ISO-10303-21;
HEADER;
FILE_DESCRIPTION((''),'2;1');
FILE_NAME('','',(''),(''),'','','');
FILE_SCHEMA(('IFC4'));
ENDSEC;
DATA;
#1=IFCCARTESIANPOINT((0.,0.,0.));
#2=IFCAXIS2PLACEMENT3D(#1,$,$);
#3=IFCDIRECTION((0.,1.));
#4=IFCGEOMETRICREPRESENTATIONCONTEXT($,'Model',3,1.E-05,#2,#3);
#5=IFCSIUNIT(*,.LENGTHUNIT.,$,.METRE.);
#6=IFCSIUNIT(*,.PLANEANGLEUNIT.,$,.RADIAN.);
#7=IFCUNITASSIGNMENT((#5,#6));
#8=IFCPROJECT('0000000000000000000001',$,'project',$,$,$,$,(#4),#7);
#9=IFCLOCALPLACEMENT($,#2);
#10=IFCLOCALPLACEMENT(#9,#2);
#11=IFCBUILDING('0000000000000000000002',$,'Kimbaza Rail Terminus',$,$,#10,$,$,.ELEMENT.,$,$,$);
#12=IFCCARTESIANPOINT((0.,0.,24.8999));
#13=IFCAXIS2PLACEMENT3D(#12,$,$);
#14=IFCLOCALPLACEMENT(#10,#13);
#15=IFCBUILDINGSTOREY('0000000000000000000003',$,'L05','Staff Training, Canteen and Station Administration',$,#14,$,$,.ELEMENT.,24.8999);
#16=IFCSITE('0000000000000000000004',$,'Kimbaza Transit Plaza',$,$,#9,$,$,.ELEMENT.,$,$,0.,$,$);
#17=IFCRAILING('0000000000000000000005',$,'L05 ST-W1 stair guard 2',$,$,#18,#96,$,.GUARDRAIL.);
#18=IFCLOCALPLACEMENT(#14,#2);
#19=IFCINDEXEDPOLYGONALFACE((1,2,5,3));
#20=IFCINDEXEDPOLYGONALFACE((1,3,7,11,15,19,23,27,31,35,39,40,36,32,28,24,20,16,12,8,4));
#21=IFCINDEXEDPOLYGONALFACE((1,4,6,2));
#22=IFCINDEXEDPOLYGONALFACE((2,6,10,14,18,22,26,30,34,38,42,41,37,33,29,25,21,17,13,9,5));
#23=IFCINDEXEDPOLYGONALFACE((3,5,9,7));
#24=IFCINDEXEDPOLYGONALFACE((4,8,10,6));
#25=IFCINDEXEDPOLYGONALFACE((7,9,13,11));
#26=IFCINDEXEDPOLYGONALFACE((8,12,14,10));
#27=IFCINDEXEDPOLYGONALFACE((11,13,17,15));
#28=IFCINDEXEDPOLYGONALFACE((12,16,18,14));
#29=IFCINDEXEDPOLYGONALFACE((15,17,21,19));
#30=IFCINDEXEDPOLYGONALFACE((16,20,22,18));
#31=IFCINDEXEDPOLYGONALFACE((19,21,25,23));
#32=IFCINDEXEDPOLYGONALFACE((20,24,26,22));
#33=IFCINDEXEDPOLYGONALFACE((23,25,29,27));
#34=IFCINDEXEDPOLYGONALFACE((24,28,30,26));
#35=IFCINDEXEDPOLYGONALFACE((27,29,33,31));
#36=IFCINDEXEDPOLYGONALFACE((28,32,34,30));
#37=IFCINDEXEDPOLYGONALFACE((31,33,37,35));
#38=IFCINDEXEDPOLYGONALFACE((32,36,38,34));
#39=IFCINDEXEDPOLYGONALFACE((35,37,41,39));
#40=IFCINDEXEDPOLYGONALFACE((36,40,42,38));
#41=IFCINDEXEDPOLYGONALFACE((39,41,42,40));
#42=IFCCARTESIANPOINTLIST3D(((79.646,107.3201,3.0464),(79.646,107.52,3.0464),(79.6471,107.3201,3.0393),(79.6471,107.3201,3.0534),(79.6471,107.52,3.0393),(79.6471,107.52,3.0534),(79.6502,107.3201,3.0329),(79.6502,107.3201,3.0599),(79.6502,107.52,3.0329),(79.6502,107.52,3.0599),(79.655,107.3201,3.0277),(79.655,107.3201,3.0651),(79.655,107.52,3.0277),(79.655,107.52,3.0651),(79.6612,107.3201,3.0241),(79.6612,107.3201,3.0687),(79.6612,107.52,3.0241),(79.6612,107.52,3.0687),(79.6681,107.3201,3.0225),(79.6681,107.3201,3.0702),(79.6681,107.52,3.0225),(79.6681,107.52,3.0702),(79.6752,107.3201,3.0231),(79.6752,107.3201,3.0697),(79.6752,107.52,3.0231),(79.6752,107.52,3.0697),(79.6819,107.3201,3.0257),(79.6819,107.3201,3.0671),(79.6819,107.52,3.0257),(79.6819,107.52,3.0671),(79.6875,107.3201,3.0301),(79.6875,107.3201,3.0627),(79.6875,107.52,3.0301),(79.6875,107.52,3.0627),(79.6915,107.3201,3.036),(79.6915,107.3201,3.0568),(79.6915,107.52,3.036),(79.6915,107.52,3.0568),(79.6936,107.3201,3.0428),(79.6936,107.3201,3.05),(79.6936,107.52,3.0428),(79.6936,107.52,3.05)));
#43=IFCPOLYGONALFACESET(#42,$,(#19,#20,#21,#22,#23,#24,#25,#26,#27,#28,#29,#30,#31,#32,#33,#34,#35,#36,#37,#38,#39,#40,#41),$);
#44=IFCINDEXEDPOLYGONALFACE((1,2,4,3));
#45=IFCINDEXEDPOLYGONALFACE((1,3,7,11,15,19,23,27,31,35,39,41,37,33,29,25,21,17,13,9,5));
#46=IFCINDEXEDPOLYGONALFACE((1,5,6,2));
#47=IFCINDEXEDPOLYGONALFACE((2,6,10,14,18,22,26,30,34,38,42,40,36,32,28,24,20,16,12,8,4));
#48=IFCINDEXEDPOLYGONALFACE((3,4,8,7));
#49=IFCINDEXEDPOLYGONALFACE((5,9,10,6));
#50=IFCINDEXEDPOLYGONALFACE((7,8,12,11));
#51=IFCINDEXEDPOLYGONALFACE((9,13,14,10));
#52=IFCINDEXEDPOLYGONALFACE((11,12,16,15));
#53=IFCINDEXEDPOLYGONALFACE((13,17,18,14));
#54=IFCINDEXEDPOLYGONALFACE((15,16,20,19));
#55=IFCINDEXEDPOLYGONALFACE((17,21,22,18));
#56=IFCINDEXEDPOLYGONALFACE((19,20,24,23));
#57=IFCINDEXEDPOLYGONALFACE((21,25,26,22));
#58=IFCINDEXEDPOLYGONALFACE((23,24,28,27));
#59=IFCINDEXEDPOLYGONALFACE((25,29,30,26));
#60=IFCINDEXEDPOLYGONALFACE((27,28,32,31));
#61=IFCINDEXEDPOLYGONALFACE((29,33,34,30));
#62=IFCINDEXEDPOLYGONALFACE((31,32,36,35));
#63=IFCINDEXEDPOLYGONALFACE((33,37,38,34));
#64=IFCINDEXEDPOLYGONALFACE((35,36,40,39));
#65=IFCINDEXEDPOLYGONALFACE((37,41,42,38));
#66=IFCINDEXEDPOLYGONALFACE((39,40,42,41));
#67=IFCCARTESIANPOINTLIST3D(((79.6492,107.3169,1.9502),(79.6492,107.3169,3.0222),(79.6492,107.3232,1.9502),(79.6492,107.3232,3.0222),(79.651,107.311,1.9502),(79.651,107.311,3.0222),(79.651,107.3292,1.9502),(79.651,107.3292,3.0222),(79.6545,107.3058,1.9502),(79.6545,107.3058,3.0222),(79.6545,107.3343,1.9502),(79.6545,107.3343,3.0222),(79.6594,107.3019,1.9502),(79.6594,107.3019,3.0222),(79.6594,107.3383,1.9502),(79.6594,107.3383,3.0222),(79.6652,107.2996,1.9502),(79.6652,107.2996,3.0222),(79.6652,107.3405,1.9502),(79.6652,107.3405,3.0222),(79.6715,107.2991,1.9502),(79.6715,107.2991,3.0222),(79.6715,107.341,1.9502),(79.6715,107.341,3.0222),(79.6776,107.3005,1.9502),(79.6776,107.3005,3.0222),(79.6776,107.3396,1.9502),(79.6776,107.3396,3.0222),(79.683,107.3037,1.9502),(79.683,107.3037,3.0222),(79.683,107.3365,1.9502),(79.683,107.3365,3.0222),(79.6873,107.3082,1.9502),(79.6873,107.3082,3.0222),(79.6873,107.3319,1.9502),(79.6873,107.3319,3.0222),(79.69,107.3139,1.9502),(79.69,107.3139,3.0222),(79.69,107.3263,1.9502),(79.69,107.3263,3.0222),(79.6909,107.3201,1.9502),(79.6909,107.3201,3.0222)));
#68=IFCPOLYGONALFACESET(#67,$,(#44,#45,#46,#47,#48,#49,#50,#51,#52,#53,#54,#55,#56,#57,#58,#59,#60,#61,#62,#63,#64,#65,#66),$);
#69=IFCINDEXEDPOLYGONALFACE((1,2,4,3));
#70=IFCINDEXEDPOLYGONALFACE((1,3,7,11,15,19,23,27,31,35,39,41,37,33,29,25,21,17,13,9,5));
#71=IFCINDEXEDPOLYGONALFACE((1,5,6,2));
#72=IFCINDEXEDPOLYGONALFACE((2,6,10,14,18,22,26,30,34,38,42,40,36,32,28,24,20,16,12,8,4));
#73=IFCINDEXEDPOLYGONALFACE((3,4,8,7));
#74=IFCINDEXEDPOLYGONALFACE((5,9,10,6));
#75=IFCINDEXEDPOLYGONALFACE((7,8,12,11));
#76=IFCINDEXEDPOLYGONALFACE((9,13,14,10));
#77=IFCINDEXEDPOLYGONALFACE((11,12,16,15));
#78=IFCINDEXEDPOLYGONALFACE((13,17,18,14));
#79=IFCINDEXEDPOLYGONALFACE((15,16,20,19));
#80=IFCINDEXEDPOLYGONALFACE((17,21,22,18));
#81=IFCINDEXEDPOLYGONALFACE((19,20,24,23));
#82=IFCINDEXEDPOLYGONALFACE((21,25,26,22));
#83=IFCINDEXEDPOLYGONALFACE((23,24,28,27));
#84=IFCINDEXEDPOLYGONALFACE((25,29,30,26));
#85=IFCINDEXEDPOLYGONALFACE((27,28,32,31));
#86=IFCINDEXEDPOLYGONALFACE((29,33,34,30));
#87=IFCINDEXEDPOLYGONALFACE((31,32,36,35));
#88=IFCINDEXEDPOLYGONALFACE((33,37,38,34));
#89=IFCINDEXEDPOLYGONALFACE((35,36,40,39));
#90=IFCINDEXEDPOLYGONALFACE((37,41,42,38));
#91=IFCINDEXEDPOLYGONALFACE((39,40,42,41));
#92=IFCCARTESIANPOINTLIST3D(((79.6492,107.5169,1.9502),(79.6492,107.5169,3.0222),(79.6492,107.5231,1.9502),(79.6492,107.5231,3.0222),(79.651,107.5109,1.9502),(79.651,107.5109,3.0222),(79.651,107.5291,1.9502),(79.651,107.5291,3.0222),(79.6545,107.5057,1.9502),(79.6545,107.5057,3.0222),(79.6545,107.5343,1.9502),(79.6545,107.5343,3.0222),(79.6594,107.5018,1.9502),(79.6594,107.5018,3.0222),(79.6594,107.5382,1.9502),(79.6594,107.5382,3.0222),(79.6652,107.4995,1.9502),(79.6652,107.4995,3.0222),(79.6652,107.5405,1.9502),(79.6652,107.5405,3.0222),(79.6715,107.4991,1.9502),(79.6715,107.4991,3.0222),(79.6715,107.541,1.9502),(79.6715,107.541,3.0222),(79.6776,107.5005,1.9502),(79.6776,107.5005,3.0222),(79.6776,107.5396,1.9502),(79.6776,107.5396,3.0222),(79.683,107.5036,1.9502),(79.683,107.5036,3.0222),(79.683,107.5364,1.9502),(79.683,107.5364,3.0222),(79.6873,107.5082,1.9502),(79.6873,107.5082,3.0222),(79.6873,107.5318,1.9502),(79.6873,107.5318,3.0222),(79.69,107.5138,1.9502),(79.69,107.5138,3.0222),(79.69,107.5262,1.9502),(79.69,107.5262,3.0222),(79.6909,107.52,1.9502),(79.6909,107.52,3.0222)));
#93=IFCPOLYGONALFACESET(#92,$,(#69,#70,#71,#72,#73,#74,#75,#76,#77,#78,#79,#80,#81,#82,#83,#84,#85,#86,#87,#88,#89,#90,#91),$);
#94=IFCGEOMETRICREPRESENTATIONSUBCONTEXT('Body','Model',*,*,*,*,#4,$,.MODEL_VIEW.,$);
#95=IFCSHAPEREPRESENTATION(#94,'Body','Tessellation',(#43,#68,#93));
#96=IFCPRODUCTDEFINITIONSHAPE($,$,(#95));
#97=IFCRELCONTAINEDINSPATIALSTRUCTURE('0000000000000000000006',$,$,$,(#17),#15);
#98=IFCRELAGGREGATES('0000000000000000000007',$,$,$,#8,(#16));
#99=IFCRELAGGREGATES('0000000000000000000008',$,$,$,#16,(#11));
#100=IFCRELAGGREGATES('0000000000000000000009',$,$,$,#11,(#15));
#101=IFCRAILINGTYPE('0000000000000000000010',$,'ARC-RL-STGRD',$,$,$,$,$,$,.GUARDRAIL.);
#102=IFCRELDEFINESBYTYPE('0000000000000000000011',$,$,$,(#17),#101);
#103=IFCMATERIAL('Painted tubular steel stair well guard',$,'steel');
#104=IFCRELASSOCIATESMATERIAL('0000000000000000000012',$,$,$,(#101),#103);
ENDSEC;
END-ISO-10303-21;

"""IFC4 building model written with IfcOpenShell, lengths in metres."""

from ifc_helpers import new_model, si_unit, direction, frame, origin, origin_2d, place, context, subcontext, project, spatial, circle, extrude, material, type_object, element, save


model = new_model("IFC4")

# Units and contexts
model_context = context("Model", 3, precision=1e-05, world=origin(), true_north=direction((0.0, 1.0)))
body_context = subcontext(model_context, "Body", "Model", "MODEL_VIEW")
ifc_project = project(units=[si_unit("LENGTHUNIT", "METRE"), si_unit("PLANEANGLEUNIT", "RADIAN")], contexts=[model_context])

# Site, building, storey
site_placement = place(None, origin())
site = spatial("IfcSite", under=ifc_project, at=site_placement, Name="Kimbaza Transit Plaza", CompositionType="ELEMENT", RefElevation=0.0)
building_placement = place(site_placement, origin())
building = spatial("IfcBuilding", under=site, at=building_placement, Name="Kimbaza Rail Terminus", CompositionType="ELEMENT")
storey_placement = place(building_placement, frame((0.0, 0.0, 24.8999)))
storey = spatial("IfcBuildingStorey", under=building, at=storey_placement, Name="L05", Description="Staff Training, Canteen and Station Administration", CompositionType="ELEMENT", Elevation=24.8999)

# Railing
ifc_material_1 = material(Name="Painted tubular steel stair well guard", Category="steel")
railing_type_1 = type_object("IfcRailingType", Name="ARC-RL-STGRD", PredefinedType="GUARDRAIL", material=ifc_material_1)
railing_1_placement = place(storey_placement, frame((79.6699, 107.3201, 1.9502)))
element("IfcRailing", 1, at=railing_1_placement, inside=storey, type_object=railing_type_1, Name="L05 ST-W1 stair guard 2", PredefinedType="GUARDRAIL", context=body_context, shape_type="SweptSolid", body=[
    extrude(circle(Radius=0.0239, at=origin_2d()), frame((0.0, 0.0, 1.0962), z_axis=(0.0, 1.0, 0.0), x_axis=(-1.0, 0.0, 0.0)), (0.0, 0.0, 1.0), 0.2),
    extrude(circle(Radius=0.021, at=origin_2d()), origin(), (0.0, 0.0, 1.0), 1.072),
    extrude(circle(Radius=0.021, at=origin_2d()), frame((0.0, 0.2, 0.0)), (0.0, 0.0, 1.0), 1.072),
])

save(model, "model.ifc")
